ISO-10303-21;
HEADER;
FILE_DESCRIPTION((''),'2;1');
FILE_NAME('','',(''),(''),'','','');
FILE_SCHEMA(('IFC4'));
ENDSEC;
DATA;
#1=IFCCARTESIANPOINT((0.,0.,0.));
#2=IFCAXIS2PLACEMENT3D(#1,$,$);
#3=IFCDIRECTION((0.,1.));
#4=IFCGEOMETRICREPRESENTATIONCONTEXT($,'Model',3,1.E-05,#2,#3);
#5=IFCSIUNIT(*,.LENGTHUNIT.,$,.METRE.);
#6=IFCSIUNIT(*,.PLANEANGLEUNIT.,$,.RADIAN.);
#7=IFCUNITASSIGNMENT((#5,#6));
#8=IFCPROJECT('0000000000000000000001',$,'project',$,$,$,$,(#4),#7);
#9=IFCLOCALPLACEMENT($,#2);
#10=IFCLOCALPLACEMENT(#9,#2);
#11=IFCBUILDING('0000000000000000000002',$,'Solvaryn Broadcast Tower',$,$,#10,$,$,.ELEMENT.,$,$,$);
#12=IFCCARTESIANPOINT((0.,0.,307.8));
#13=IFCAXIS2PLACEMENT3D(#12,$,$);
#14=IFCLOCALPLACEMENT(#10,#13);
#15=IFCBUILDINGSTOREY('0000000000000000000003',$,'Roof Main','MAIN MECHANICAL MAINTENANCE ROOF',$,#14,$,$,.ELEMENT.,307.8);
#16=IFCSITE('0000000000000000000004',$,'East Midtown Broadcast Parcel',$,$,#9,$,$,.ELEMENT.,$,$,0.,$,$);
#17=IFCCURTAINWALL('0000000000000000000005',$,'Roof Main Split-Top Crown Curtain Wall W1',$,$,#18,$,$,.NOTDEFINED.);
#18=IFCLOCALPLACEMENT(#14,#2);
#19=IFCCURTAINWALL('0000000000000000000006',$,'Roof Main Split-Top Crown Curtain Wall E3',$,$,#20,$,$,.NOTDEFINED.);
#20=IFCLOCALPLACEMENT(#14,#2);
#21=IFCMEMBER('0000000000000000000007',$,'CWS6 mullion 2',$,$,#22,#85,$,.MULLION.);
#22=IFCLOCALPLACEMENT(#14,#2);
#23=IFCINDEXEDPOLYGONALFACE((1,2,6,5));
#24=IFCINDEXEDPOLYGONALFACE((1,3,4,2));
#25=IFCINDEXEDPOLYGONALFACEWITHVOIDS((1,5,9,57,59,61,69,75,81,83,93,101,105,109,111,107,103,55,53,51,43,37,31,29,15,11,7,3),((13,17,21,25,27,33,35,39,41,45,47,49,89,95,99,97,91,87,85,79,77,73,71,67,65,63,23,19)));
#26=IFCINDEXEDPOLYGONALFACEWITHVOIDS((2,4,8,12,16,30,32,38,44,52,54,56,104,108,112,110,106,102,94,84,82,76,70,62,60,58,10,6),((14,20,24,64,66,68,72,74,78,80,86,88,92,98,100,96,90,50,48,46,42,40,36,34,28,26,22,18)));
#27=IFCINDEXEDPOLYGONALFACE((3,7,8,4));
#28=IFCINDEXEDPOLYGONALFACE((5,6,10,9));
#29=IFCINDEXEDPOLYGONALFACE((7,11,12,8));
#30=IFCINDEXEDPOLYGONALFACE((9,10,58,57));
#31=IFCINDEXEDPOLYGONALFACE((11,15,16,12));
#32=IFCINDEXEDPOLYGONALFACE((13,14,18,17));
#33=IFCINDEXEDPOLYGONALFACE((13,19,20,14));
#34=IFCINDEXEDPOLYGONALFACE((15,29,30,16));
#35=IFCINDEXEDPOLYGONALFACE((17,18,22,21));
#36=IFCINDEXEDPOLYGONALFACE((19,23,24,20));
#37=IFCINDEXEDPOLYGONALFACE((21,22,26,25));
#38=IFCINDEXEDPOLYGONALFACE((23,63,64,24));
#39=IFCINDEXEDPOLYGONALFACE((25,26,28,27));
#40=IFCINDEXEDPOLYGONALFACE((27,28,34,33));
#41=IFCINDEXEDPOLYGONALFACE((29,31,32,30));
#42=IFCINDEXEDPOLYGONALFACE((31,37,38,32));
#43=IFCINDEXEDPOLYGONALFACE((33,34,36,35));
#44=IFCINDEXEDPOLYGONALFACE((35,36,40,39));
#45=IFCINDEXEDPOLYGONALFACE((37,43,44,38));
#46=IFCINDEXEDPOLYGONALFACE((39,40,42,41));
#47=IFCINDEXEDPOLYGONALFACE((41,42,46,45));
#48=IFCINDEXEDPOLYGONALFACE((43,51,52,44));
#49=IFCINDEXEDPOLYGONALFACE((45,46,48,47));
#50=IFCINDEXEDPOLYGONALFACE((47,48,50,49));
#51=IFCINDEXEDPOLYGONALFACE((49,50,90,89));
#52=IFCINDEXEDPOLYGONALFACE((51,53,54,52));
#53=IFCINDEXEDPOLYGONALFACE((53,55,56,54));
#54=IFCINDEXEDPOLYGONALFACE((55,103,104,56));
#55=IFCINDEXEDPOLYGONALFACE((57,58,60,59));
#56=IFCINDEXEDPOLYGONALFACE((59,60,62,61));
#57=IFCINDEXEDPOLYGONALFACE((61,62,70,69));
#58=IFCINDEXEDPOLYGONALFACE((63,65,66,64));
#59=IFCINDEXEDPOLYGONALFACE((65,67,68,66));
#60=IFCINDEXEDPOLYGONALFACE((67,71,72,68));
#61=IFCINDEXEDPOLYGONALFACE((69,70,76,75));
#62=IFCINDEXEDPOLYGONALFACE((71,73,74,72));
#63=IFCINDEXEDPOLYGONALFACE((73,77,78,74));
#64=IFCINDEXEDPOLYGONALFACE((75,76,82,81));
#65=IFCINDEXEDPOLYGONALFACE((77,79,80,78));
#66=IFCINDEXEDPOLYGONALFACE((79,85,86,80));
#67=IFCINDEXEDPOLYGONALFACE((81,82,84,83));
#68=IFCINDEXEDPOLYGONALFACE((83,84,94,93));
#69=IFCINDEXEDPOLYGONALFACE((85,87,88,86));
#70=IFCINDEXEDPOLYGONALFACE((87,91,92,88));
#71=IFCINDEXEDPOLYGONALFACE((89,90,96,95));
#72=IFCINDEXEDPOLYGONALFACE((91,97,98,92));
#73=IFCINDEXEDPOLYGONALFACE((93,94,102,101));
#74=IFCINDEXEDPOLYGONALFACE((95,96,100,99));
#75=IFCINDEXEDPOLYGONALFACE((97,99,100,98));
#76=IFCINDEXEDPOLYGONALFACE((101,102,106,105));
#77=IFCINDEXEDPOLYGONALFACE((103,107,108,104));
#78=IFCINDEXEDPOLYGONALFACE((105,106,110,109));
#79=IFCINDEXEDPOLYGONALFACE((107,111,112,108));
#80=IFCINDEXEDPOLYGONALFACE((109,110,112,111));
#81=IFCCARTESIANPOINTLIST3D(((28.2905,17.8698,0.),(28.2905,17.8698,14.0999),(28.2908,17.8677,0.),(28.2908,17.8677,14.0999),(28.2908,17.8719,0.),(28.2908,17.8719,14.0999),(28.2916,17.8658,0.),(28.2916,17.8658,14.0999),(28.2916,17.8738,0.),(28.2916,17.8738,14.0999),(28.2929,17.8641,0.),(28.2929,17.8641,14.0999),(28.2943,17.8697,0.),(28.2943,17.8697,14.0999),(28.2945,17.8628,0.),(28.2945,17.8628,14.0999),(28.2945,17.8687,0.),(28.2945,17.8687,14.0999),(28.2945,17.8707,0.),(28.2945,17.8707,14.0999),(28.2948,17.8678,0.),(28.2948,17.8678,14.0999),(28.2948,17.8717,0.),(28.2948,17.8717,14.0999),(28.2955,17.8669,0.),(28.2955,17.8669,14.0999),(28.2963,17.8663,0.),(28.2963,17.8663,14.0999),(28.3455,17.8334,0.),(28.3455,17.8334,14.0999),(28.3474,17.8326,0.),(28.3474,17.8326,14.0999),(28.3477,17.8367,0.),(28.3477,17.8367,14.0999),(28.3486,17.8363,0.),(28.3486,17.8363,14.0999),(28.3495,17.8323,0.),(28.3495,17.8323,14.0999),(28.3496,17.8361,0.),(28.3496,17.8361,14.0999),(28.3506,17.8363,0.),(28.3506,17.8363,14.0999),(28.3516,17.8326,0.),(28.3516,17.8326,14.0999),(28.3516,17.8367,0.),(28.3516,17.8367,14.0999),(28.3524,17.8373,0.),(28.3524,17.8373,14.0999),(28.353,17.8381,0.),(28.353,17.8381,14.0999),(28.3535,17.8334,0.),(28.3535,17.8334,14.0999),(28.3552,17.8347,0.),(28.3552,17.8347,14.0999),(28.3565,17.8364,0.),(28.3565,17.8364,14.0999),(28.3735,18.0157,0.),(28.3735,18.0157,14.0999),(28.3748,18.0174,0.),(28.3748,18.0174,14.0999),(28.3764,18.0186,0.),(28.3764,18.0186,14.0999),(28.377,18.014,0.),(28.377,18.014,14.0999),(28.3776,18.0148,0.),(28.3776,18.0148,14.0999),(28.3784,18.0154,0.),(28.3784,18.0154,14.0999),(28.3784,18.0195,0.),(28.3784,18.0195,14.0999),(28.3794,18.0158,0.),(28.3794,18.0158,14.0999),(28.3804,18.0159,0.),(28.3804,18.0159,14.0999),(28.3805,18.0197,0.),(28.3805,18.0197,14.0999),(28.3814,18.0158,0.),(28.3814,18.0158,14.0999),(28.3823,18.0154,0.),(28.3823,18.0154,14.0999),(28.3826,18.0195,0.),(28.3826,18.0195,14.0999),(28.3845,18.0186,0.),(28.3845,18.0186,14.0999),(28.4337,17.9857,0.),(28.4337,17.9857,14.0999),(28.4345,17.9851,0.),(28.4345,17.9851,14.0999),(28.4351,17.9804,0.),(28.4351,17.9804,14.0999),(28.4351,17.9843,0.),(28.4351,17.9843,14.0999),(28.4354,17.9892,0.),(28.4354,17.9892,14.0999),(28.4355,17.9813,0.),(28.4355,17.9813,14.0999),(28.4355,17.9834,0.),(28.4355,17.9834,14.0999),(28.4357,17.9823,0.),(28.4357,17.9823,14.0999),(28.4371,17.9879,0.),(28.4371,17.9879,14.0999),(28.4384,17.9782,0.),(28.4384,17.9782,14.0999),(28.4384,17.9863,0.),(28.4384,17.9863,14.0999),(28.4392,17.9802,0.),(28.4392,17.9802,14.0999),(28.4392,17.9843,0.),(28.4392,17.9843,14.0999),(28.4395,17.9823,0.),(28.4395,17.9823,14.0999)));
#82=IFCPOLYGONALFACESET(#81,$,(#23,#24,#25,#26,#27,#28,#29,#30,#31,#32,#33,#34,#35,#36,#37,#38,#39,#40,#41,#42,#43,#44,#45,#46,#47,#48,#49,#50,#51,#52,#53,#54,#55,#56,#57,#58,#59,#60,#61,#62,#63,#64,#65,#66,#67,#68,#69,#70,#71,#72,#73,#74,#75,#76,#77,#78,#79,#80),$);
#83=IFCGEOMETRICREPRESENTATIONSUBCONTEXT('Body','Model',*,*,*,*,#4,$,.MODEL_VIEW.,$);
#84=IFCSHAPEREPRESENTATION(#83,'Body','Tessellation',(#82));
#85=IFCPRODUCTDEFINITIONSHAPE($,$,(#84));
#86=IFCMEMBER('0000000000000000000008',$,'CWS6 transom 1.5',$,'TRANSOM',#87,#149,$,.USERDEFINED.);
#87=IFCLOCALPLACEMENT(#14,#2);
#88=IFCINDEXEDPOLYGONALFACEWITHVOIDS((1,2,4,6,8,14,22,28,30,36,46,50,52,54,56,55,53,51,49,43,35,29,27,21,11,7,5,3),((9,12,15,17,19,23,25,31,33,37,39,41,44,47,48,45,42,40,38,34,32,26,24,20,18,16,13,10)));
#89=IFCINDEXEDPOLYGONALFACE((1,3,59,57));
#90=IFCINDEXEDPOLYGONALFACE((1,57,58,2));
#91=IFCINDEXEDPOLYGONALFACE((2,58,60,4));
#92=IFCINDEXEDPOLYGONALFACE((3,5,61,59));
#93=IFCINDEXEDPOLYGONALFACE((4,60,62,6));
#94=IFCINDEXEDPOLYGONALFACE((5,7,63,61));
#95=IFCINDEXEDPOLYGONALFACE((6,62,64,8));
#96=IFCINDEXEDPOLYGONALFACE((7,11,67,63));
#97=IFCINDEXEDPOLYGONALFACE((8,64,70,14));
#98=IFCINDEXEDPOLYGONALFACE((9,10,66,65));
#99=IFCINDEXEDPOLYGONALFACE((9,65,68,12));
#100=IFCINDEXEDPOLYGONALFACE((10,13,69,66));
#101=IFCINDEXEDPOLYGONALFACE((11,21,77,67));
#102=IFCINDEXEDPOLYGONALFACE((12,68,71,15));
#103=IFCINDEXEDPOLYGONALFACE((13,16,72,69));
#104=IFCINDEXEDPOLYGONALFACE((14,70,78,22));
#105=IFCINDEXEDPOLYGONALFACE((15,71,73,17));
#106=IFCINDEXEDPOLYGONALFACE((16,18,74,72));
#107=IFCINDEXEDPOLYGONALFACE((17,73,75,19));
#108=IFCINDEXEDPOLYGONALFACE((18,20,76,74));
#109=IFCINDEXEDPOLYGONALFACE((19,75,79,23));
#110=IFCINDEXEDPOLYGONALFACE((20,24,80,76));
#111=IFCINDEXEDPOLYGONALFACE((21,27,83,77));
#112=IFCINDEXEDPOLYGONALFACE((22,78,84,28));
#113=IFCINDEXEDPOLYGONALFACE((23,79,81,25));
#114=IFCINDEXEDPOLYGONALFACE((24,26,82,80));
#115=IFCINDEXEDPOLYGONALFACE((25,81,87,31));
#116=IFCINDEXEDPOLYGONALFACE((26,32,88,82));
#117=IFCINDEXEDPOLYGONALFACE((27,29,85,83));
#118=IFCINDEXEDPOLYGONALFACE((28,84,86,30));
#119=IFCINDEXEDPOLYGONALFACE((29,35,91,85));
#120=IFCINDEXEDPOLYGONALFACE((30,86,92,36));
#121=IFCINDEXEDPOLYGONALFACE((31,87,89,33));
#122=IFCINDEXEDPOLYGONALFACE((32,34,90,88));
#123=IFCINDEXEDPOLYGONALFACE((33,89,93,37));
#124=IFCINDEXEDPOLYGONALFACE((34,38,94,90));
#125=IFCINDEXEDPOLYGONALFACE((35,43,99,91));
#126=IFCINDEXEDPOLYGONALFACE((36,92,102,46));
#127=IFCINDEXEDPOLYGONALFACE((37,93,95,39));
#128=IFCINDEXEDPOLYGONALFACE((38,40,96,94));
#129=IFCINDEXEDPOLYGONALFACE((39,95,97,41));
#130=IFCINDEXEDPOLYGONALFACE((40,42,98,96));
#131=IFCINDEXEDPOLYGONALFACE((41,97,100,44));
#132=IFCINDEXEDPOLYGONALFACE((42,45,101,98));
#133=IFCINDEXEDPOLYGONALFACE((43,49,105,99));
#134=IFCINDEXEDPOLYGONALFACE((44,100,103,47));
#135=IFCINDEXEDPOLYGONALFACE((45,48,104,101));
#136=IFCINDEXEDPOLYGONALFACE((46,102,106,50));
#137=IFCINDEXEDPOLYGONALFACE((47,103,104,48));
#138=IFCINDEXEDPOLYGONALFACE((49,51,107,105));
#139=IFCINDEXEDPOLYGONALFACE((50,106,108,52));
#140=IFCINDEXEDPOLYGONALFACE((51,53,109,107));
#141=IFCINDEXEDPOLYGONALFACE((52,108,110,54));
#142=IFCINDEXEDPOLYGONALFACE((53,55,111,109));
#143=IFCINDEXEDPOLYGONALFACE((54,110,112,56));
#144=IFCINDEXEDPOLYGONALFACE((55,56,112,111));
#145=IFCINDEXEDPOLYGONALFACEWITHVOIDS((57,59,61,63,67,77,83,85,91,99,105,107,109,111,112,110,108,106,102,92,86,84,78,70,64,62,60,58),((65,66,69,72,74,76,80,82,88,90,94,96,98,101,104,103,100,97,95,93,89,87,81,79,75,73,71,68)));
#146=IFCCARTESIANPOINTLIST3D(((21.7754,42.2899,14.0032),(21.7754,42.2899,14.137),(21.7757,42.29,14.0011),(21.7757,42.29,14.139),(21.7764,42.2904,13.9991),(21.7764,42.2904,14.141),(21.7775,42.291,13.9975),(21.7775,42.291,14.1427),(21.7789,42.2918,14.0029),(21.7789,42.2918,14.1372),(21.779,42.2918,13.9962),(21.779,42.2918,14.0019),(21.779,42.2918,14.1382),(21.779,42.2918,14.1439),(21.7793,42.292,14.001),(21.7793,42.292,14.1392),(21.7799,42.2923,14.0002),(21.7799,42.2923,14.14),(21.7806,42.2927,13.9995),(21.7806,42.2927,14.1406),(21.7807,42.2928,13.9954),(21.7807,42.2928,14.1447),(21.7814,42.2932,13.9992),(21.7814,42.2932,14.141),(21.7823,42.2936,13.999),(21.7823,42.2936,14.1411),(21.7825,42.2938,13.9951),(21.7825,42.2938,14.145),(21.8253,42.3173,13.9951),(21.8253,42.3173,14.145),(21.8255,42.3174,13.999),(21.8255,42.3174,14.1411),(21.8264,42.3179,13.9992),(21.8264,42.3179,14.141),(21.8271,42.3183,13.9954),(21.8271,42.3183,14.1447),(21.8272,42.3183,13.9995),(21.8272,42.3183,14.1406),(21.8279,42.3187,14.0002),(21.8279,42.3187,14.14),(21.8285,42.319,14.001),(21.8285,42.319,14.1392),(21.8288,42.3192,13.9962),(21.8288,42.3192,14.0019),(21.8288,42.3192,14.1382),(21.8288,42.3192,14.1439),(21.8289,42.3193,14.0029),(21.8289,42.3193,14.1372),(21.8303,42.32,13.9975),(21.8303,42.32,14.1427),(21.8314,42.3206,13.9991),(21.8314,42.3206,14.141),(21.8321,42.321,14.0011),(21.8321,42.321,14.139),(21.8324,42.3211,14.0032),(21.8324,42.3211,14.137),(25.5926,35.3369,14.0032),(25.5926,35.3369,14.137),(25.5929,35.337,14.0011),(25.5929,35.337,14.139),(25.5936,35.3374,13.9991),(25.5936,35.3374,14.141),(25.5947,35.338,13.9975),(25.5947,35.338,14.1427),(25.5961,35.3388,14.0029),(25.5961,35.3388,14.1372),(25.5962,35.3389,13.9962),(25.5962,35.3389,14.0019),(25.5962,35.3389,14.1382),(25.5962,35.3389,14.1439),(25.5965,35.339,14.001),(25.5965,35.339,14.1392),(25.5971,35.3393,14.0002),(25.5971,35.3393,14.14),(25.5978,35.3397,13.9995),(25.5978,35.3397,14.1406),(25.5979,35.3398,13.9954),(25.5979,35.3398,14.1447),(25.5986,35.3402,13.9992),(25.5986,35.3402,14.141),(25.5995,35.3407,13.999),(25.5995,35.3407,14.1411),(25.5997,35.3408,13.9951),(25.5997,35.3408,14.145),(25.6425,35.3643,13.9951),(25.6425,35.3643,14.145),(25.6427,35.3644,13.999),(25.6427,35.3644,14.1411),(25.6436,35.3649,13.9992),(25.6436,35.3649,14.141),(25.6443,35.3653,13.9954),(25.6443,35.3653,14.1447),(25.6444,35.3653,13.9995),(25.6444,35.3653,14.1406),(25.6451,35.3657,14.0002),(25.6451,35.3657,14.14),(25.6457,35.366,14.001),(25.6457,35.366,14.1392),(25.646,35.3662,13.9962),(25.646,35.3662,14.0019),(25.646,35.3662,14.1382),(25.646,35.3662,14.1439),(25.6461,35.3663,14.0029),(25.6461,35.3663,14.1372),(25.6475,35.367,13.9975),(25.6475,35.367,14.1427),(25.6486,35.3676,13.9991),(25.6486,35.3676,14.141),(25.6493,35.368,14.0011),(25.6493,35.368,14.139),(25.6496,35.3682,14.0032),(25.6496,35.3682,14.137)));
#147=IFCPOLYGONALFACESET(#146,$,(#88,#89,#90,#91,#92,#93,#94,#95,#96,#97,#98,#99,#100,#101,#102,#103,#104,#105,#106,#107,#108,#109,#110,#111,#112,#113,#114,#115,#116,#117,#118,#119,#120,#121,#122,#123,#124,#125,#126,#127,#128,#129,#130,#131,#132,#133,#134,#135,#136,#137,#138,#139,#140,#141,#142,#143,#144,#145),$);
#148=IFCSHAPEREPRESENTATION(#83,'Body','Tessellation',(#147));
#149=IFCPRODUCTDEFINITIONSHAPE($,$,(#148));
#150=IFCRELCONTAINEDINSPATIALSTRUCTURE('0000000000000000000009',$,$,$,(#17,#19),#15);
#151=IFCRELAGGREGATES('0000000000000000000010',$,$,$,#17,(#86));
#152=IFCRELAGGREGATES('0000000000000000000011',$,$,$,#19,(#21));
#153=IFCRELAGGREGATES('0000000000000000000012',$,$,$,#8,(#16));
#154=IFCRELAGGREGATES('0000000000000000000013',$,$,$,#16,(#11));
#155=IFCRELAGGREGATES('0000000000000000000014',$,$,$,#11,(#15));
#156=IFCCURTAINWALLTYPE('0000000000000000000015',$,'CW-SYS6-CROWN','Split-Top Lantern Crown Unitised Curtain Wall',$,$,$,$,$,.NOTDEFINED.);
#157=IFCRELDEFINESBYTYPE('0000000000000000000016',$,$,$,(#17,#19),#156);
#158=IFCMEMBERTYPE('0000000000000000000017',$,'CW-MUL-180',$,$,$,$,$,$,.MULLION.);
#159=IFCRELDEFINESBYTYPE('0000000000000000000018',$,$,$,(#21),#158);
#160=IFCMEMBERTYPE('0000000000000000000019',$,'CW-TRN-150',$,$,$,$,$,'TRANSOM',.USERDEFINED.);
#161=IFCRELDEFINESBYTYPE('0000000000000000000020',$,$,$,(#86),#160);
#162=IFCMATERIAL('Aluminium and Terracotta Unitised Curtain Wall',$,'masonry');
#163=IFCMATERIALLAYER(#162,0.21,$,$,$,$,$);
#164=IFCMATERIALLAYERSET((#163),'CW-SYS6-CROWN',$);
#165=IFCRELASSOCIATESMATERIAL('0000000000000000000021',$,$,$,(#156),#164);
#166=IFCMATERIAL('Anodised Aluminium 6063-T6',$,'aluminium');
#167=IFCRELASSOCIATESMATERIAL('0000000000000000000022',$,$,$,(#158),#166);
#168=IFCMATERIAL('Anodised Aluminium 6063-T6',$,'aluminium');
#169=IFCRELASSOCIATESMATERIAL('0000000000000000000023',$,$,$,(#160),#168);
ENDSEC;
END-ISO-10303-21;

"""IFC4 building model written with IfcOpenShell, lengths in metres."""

from ifc_helpers import new_model, si_unit, direction, frame, origin, origin_2d, place, context, subcontext, project, spatial, hollow_rectangle, extrude, material, layer, layer_set, material_profile, profile_set, type_object, element, aggregate, save


model = new_model("IFC4")

# Units and contexts
model_context = context("Model", 3, precision=1e-05, world=origin(), true_north=direction((0.0, 1.0)))
body_context = subcontext(model_context, "Body", "Model", "MODEL_VIEW")
ifc_project = project(units=[si_unit("LENGTHUNIT", "METRE"), si_unit("PLANEANGLEUNIT", "RADIAN")], contexts=[model_context])

# Site, building, storey
site_placement = place(None, origin())
site = spatial("IfcSite", under=ifc_project, at=site_placement, Name="East Midtown Broadcast Parcel", CompositionType="ELEMENT", RefElevation=0.0)
building_placement = place(site_placement, origin())
building = spatial("IfcBuilding", under=site, at=building_placement, Name="Solvaryn Broadcast Tower", CompositionType="ELEMENT")
storey_placement = place(building_placement, frame((0.0, 0.0, 307.8)))
storey = spatial("IfcBuildingStorey", under=building, at=storey_placement, Name="Roof Main", Description="MAIN MECHANICAL MAINTENANCE ROOF", CompositionType="ELEMENT", Elevation=307.8)

# Curtain wall
ifc_material_1 = material(Name="Aluminium and Terracotta Unitised Curtain Wall", Category="masonry")
ifc_layer_1 = layer(ifc_material_1, 0.21)
ifc_layer_set_1 = layer_set([ifc_layer_1], Name="CW-SYS6-CROWN")
curtain_wall_type = type_object("IfcCurtainWallType", Name="CW-SYS6-CROWN", Description="Split-Top Lantern Crown Unitised Curtain Wall", PredefinedType="NOTDEFINED", material=ifc_layer_set_1)
curtain_wall_1_placement = place(storey_placement, origin())
curtain_wall_1 = element("IfcCurtainWall", 1, at=curtain_wall_1_placement, inside=storey, type_object=curtain_wall_type, Name="Roof Main Split-Top Crown Curtain Wall W1", PredefinedType="NOTDEFINED")
ifc_material_2 = material(Name="Anodised Aluminium 6063-T6", Category="aluminium")
ifc_material_profile_1 = material_profile(ifc_material_2, hollow_rectangle(XDim=0.075, YDim=0.1799, WallThickness=0.0039, InnerFilletRadius=0.0039, OuterFilletRadius=0.0081, at=origin_2d()))
ifc_profile_set_1 = profile_set([ifc_material_profile_1], Name="Anodised Aluminium 6063-T6")
member_type_1 = type_object("IfcMemberType", Name="CW-MUL-180", PredefinedType="MULLION", material=ifc_profile_set_1)

# Curtain wall, member
curtain_wall_2_placement = place(storey_placement, origin())
curtain_wall_2 = element("IfcCurtainWall", 2, at=curtain_wall_2_placement, inside=storey, type_object=curtain_wall_type, Name="Roof Main Split-Top Crown Curtain Wall E3", PredefinedType="NOTDEFINED")
member_1_placement = place(storey_placement, frame((28.365, 17.926, 0.0), z_axis=(0.0, 0.0, 1.0), x_axis=(0.866035, -0.499983, 0.0)))
member_1 = element("IfcMember", 3, at=member_1_placement, type_object=member_type_1, Name="CWS6 mullion 2", PredefinedType="MULLION", context=body_context, shape_type="SweptSolid", body=[
    extrude(hollow_rectangle(XDim=0.075, YDim=0.1799, WallThickness=0.0039, InnerFilletRadius=0.0039, OuterFilletRadius=0.0081, at=origin_2d()), origin(), (0.0, 0.0, 1.0), 14.0999),
])

# Member
ifc_material_3 = material(Name="Anodised Aluminium 6063-T6", Category="aluminium")
ifc_material_profile_2 = material_profile(ifc_material_3, hollow_rectangle(XDim=0.0649, YDim=0.1499, WallThickness=0.0039, InnerFilletRadius=0.0039, OuterFilletRadius=0.0081, at=origin_2d()))
ifc_profile_set_2 = profile_set([ifc_material_profile_2], Name="Anodised Aluminium 6063-T6")
member_type_2 = type_object("IfcMemberType", Name="CW-TRN-150", ElementType="TRANSOM", PredefinedType="USERDEFINED", material=ifc_profile_set_2)
member_2_placement = place(storey_placement, frame((25.6211, 35.3525, 14.0701), z_axis=(-0.481246, 0.876585, 0.0), x_axis=(-0.876585, -0.481246, 0.0)))
member_2 = element("IfcMember", 4, at=member_2_placement, type_object=member_type_2, Name="CWS6 transom 1.5", ObjectType="TRANSOM", PredefinedType="USERDEFINED", context=body_context, shape_type="SweptSolid", body=[
    extrude(hollow_rectangle(XDim=0.0649, YDim=0.1499, WallThickness=0.0039, InnerFilletRadius=0.0039, OuterFilletRadius=0.0081, at=origin_2d()), origin(), (0.0, 0.0, 1.0), 7.9319),
])
aggregate(curtain_wall_1, [member_2])

aggregate(curtain_wall_2, [member_1])

save(model, "model.ifc")
